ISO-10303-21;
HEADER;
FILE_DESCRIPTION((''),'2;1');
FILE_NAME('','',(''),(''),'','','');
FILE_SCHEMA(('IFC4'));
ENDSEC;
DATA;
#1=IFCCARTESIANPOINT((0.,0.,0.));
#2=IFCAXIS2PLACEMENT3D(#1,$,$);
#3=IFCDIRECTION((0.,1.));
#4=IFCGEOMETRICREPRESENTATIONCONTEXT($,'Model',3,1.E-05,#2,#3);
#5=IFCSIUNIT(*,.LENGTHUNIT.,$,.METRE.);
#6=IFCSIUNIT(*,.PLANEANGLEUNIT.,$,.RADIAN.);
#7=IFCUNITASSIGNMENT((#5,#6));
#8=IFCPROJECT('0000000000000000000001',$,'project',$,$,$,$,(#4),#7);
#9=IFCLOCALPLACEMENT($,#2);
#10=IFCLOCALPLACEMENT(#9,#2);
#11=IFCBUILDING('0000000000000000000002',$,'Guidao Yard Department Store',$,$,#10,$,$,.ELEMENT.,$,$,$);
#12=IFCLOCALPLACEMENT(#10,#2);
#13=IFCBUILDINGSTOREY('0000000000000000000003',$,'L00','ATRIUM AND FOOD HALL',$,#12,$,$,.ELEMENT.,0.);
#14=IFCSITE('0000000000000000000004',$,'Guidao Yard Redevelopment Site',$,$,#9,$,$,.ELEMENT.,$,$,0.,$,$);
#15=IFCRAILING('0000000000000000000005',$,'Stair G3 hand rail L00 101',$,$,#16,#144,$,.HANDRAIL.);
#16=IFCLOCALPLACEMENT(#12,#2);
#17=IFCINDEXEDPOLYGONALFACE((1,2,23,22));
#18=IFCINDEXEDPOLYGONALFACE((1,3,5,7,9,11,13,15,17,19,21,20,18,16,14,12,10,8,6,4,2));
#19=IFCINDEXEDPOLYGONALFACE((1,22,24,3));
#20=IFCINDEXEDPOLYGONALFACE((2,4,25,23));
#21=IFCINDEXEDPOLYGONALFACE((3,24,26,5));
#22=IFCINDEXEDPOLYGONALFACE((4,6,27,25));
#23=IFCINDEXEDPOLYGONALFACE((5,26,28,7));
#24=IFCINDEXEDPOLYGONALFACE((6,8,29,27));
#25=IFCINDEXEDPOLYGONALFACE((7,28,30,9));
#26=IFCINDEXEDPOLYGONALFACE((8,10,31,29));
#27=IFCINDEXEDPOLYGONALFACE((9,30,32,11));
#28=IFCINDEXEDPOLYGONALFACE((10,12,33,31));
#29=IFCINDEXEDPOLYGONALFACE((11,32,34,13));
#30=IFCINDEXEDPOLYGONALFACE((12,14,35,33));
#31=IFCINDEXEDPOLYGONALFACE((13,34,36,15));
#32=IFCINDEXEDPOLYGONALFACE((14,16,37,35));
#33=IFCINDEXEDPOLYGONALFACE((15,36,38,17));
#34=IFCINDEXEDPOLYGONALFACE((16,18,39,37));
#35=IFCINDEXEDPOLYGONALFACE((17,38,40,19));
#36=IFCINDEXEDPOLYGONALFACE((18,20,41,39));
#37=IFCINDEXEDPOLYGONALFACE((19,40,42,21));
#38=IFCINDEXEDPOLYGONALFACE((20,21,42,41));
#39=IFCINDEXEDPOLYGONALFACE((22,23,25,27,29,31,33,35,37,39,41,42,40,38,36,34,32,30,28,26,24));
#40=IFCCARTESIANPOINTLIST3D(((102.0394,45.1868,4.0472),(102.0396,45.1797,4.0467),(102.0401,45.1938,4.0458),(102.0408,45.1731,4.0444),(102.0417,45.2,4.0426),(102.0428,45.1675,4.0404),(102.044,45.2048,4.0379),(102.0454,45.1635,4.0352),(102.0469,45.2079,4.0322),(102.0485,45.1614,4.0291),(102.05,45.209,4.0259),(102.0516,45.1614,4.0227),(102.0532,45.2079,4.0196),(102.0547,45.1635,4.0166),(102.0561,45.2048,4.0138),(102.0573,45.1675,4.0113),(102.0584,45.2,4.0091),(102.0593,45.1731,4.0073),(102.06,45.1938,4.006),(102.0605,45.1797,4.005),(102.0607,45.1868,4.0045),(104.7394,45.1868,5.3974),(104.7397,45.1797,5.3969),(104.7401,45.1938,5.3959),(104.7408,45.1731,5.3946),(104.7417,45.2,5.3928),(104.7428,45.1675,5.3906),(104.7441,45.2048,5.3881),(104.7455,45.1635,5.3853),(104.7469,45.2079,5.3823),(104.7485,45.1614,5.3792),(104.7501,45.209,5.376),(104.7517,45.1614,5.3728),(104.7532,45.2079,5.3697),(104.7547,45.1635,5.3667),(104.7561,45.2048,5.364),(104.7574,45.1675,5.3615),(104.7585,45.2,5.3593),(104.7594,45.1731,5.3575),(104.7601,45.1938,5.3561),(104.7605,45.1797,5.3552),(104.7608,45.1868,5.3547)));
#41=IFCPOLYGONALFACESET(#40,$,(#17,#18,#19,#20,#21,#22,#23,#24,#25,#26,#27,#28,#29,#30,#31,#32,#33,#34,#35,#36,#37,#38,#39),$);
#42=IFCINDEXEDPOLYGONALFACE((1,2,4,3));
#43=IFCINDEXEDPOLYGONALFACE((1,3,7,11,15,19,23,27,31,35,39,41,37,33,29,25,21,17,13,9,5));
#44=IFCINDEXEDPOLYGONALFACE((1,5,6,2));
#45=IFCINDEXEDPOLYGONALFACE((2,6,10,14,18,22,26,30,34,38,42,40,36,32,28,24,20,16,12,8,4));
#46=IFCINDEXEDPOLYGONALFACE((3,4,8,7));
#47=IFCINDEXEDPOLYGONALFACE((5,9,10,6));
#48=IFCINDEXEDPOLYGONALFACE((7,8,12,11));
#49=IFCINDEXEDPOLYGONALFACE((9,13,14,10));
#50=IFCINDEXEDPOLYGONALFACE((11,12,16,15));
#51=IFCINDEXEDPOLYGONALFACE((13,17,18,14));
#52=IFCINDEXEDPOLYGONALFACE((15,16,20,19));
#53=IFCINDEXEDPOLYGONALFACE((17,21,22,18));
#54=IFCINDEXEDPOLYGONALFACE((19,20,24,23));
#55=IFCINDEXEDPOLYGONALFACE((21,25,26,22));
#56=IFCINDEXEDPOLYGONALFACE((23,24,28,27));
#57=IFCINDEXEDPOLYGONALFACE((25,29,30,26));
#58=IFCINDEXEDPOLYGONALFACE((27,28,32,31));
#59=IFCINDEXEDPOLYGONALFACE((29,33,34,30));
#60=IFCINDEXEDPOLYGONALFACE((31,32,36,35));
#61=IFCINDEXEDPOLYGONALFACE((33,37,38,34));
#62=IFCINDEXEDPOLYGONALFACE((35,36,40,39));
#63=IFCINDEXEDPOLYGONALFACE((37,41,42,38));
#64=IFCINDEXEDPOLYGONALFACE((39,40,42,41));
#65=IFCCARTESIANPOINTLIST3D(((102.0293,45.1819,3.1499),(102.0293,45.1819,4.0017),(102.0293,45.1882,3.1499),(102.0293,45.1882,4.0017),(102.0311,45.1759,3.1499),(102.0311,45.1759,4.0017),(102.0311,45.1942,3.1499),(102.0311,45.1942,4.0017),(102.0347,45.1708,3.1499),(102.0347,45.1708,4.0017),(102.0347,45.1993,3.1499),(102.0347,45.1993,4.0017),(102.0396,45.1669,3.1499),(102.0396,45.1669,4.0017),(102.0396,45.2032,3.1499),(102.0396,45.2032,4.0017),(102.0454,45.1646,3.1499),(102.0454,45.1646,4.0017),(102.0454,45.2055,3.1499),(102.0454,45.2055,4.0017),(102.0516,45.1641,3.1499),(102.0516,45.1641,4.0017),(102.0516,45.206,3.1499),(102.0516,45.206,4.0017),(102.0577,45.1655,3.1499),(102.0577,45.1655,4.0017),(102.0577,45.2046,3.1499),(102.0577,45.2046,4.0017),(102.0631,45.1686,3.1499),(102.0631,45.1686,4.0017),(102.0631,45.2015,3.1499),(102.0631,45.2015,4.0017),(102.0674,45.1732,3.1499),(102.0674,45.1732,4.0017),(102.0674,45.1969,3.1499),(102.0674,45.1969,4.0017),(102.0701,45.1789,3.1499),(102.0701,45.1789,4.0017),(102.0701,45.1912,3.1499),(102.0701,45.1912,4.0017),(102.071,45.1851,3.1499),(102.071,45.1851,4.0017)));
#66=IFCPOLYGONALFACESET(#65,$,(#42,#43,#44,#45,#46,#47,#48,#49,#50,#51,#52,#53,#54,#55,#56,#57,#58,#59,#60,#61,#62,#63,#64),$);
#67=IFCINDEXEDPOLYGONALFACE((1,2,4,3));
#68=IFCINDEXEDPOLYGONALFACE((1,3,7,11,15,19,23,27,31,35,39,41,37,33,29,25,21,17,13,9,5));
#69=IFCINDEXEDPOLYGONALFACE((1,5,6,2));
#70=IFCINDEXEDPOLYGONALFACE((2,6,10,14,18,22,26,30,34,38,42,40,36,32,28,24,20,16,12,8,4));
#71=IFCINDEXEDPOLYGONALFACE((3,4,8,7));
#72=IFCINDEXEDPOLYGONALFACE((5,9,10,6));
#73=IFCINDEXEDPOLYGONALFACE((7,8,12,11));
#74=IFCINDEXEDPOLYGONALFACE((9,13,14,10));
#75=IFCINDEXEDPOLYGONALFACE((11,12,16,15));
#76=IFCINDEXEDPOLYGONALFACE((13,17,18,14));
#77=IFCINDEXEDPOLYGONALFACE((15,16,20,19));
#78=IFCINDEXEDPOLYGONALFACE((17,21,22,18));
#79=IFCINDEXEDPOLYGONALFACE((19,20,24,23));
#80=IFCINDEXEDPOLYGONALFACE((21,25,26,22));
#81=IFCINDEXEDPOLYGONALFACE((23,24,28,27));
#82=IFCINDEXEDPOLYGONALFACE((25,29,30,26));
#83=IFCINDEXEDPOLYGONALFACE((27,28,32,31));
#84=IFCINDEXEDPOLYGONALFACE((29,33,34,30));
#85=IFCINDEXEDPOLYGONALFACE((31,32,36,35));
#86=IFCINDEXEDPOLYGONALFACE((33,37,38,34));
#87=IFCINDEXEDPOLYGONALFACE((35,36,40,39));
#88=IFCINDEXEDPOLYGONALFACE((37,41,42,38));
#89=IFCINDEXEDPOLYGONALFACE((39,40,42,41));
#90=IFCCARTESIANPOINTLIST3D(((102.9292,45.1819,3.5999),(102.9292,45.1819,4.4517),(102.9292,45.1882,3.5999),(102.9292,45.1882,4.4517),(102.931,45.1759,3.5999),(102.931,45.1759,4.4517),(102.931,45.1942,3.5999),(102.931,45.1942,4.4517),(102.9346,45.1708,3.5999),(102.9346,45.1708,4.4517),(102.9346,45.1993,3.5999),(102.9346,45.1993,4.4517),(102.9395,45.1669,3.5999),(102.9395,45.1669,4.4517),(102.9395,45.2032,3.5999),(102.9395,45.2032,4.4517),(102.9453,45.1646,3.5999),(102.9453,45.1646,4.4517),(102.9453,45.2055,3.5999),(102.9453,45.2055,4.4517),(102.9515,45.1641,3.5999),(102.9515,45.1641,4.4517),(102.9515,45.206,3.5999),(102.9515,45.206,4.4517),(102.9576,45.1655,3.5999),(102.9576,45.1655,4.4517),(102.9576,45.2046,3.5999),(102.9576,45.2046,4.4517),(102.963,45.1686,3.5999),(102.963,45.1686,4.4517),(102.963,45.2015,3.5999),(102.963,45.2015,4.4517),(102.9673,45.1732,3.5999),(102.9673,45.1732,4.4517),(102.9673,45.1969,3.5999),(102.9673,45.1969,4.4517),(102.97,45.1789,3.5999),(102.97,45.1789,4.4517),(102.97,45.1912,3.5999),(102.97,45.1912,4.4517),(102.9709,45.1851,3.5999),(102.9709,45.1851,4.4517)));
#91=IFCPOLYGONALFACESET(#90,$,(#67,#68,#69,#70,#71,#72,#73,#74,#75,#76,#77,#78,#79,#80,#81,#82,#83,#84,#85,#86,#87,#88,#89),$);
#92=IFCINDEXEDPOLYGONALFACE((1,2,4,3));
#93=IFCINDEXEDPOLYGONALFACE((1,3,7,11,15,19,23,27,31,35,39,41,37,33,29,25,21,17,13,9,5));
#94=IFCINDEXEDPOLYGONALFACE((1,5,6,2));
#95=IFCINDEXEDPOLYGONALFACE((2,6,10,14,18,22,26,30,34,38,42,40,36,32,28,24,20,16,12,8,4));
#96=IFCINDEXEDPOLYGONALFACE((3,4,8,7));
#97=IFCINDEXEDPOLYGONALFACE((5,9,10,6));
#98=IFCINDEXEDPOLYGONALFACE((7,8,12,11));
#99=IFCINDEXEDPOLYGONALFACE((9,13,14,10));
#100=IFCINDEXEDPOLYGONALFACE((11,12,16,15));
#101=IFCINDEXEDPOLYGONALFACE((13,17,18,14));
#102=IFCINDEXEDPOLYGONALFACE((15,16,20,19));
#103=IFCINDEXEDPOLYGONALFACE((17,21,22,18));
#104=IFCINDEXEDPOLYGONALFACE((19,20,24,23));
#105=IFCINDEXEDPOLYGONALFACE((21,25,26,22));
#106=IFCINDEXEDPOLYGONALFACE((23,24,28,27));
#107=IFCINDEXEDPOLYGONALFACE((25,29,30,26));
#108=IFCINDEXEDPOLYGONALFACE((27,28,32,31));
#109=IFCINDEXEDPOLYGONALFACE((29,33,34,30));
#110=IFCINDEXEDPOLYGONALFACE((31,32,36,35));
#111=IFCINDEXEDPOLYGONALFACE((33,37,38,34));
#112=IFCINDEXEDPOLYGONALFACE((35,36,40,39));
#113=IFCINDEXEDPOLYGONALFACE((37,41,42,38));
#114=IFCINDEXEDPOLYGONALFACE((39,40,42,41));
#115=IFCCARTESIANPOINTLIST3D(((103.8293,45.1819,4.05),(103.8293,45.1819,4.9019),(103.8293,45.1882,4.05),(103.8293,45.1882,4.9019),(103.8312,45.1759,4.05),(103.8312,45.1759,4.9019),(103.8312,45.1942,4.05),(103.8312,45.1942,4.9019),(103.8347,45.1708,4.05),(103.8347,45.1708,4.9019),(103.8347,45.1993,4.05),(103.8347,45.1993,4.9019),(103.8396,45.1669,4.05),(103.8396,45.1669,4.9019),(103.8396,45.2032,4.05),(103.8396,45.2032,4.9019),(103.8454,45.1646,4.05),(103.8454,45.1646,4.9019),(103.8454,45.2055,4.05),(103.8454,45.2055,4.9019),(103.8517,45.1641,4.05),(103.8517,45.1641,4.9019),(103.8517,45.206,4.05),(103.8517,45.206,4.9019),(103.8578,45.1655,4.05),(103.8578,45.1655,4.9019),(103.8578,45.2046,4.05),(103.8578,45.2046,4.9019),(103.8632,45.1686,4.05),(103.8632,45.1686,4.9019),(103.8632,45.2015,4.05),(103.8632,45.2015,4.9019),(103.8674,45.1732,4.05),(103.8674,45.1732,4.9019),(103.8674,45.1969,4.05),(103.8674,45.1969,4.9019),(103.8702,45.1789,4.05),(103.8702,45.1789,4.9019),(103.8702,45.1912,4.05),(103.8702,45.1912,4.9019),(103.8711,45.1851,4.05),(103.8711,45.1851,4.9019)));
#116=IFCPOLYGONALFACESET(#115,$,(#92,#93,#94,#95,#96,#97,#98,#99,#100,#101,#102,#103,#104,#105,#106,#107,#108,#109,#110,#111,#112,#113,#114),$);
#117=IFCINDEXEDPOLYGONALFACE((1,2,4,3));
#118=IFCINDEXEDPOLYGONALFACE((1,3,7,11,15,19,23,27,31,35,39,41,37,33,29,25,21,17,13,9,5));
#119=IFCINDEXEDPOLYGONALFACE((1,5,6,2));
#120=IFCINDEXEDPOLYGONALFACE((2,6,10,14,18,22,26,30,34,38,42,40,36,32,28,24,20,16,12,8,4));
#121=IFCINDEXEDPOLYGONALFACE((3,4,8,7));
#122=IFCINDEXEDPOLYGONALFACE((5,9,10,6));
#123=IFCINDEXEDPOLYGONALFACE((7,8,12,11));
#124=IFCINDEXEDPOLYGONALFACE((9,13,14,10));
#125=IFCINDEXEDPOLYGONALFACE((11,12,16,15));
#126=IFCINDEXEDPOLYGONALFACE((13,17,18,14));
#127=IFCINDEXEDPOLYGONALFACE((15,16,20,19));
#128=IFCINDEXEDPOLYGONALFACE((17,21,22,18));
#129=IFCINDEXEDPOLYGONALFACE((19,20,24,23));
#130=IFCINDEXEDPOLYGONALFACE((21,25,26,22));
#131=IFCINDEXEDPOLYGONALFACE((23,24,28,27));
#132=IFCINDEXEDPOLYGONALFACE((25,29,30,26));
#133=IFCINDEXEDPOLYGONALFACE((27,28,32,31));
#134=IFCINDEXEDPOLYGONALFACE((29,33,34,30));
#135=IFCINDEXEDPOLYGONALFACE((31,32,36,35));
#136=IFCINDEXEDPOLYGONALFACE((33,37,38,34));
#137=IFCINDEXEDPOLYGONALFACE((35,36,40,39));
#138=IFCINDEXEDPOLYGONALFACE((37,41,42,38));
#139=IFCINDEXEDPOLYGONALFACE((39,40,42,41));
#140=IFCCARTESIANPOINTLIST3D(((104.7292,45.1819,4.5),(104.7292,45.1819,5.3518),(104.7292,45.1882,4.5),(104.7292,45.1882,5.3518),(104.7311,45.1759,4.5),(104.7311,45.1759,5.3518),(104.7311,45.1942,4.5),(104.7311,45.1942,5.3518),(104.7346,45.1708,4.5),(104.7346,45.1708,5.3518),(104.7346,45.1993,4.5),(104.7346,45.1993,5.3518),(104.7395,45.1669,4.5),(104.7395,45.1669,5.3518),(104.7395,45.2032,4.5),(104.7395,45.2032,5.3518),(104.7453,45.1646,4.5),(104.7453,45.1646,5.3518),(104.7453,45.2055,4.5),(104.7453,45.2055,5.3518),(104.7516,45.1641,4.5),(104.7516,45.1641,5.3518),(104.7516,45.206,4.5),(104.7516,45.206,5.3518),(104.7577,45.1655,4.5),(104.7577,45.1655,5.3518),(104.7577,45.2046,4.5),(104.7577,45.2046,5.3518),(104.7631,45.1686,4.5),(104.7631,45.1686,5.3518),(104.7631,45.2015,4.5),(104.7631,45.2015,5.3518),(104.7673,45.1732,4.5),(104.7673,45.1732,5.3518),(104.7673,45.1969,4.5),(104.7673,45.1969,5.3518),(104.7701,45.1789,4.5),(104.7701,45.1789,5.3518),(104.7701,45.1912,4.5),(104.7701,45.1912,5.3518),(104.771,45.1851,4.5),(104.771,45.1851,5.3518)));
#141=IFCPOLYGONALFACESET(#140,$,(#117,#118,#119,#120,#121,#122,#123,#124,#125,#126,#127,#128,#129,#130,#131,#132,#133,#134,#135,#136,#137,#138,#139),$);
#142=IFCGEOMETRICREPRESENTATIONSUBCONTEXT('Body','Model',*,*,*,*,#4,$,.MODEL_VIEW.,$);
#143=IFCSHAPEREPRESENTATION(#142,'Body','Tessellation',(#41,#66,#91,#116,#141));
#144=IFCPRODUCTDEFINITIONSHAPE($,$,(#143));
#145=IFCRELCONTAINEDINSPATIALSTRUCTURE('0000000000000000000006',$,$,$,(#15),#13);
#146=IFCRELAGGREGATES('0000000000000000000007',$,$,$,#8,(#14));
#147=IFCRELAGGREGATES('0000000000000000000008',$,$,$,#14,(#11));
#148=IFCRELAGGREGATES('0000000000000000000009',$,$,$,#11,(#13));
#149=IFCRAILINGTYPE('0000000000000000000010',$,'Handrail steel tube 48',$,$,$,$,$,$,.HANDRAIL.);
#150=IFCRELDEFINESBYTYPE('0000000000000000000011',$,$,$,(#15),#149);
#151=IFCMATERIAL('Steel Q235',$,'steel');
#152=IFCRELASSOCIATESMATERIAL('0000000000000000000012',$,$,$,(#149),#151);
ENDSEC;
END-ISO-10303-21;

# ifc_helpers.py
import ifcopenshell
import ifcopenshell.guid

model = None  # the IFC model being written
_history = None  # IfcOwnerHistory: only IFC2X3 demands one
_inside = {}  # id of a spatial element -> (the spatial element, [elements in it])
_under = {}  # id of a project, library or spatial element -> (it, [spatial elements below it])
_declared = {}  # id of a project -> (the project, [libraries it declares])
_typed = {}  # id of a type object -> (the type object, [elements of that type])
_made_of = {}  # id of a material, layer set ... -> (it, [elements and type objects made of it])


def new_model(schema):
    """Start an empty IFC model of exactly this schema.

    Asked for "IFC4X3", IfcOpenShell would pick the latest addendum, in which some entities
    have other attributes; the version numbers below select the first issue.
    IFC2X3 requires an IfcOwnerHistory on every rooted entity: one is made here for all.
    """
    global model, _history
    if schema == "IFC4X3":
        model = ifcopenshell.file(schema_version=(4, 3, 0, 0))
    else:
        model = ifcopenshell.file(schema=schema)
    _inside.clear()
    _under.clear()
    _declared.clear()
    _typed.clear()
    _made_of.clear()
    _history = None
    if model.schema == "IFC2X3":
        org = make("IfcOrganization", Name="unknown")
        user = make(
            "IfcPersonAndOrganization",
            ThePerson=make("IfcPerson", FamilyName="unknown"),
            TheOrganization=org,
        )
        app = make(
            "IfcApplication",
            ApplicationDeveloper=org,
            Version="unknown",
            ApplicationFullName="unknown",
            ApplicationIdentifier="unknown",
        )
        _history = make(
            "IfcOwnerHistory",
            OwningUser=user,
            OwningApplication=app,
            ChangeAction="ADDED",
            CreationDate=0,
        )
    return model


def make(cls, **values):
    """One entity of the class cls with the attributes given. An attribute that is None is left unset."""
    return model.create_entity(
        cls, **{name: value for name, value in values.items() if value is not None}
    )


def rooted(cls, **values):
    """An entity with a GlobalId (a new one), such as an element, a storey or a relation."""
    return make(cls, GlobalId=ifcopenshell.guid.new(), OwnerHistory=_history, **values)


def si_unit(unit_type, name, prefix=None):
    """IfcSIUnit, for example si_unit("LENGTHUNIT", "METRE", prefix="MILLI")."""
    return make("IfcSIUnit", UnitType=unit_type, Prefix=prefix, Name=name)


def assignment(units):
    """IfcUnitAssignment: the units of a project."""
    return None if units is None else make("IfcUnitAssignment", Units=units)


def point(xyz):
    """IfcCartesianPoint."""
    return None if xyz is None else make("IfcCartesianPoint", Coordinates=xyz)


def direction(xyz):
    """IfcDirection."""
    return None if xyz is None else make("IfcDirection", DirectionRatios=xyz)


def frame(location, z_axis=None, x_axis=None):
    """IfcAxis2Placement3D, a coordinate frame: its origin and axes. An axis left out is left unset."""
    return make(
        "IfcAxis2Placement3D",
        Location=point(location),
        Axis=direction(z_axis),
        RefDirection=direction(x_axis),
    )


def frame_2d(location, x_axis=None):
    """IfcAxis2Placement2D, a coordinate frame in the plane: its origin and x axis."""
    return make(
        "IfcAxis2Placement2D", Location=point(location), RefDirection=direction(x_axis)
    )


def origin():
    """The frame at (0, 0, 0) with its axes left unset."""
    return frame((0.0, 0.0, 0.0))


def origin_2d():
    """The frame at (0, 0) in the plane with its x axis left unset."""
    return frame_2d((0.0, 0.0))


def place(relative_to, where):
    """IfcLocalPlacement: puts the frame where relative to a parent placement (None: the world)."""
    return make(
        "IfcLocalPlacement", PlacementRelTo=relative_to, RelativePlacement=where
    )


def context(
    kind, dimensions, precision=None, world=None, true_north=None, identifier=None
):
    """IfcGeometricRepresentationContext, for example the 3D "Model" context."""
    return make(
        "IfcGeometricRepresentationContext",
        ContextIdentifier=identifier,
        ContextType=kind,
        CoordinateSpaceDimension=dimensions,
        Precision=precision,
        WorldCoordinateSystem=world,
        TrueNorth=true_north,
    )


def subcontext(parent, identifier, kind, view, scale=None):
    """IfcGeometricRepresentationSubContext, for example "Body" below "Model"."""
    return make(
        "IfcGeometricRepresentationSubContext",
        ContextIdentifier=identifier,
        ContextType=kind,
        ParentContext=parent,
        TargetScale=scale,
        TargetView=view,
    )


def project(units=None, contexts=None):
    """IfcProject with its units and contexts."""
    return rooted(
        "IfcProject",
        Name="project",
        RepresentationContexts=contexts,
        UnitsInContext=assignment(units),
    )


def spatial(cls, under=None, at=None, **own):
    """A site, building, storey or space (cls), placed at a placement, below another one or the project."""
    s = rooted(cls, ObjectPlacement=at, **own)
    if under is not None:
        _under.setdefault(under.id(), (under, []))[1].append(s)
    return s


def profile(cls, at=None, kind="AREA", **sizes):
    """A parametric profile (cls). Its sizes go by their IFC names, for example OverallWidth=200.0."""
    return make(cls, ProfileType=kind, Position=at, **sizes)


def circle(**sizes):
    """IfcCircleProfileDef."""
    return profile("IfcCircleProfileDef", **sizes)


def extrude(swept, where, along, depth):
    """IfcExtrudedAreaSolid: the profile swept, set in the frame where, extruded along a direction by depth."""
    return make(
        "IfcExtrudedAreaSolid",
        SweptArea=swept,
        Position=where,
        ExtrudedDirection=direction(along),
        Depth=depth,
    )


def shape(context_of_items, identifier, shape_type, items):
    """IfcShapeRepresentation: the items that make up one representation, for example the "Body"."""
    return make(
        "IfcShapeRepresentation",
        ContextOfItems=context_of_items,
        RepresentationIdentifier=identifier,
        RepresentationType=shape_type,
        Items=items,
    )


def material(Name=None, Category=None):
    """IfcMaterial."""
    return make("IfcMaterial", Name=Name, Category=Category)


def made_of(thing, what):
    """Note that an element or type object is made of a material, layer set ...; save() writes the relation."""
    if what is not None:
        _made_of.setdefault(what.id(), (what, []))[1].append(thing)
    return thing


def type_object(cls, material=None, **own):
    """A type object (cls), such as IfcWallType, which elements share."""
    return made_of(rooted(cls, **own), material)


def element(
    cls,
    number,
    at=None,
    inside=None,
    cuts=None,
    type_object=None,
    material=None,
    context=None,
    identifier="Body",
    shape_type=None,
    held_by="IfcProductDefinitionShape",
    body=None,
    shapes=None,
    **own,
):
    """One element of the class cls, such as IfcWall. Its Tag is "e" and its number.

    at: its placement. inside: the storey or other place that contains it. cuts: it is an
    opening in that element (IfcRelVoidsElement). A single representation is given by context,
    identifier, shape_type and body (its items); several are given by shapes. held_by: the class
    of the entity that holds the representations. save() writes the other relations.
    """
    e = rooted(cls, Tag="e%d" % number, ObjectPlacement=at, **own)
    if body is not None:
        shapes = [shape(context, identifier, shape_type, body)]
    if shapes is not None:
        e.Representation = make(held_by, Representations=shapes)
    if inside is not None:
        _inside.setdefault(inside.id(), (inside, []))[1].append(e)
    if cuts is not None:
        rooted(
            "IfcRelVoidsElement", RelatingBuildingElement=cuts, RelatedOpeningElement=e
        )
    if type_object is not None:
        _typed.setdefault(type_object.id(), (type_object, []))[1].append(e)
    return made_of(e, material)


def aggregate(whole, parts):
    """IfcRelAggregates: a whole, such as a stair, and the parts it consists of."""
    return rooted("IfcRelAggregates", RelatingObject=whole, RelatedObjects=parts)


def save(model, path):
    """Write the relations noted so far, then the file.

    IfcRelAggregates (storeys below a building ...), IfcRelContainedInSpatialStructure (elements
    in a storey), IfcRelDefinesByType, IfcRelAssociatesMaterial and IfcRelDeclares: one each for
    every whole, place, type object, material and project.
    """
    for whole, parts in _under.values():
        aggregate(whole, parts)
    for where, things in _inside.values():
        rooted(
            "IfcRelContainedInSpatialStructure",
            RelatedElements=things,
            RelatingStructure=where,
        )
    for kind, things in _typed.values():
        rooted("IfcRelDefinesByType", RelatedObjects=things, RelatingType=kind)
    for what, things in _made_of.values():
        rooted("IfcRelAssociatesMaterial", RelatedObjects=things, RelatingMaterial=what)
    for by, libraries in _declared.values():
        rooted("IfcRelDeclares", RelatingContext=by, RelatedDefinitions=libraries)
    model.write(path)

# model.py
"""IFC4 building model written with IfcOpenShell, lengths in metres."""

from ifc_helpers import new_model, si_unit, direction, frame, origin, origin_2d, place, context, subcontext, project, spatial, circle, extrude, material, type_object, element, save


model = new_model("IFC4")

# Units and contexts
model_context = context("Model", 3, precision=1e-05, world=origin(), true_north=direction((0.0, 1.0)))
body_context = subcontext(model_context, "Body", "Model", "MODEL_VIEW")
ifc_project = project(units=[si_unit("LENGTHUNIT", "METRE"), si_unit("PLANEANGLEUNIT", "RADIAN")], contexts=[model_context])

# Site, building, storey
site_placement = place(None, origin())
site = spatial("IfcSite", under=ifc_project, at=site_placement, Name="Guidao Yard Redevelopment Site", CompositionType="ELEMENT", RefElevation=0.0)
building_placement = place(site_placement, origin())
building = spatial("IfcBuilding", under=site, at=building_placement, Name="Guidao Yard Department Store", CompositionType="ELEMENT")
storey_placement = place(building_placement, origin())
storey = spatial("IfcBuildingStorey", under=building, at=storey_placement, Name="L00", Description="ATRIUM AND FOOD HALL", CompositionType="ELEMENT", Elevation=0.0)

# Railing
ifc_material_1 = material(Name="Steel Q235", Category="steel")
railing_type = type_object("IfcRailingType", Name="Handrail steel tube 48", PredefinedType="HANDRAIL", material=ifc_material_1)
for number, where, name in (
    (1, (102.05, 45.1851, 3.1499), "Stair G3 hand rail L00 101"),
):
    element("IfcRailing", number, at=place(storey_placement, frame(where)), inside=storey, type_object=railing_type, Name=name, PredefinedType="HANDRAIL", context=body_context, shape_type="SweptSolid", body=[
        extrude(circle(Radius=0.0239, at=origin_2d()), frame((0.0, 0.0, 0.876), z_axis=(0.894411, 0.0, 0.447246), x_axis=(0.0, 1.0, 0.0)), (0.0, 0.0, 1.0), 3.0188),
        extrude(circle(Radius=0.021, at=origin_2d()), origin(), (0.0, 0.0, 1.0), 0.8518),
        extrude(circle(Radius=0.021, at=origin_2d()), frame((0.8999, 0.0, 0.45)), (0.0, 0.0, 1.0), 0.8518),
        extrude(circle(Radius=0.021, at=origin_2d()), frame((1.8, 0.0, 0.9001)), (0.0, 0.0, 1.0), 0.8518),
        extrude(circle(Radius=0.021, at=origin_2d()), frame((2.7, 0.0, 1.3501)), (0.0, 0.0, 1.0), 0.8518),
    ])

save(model, "model.ifc")
